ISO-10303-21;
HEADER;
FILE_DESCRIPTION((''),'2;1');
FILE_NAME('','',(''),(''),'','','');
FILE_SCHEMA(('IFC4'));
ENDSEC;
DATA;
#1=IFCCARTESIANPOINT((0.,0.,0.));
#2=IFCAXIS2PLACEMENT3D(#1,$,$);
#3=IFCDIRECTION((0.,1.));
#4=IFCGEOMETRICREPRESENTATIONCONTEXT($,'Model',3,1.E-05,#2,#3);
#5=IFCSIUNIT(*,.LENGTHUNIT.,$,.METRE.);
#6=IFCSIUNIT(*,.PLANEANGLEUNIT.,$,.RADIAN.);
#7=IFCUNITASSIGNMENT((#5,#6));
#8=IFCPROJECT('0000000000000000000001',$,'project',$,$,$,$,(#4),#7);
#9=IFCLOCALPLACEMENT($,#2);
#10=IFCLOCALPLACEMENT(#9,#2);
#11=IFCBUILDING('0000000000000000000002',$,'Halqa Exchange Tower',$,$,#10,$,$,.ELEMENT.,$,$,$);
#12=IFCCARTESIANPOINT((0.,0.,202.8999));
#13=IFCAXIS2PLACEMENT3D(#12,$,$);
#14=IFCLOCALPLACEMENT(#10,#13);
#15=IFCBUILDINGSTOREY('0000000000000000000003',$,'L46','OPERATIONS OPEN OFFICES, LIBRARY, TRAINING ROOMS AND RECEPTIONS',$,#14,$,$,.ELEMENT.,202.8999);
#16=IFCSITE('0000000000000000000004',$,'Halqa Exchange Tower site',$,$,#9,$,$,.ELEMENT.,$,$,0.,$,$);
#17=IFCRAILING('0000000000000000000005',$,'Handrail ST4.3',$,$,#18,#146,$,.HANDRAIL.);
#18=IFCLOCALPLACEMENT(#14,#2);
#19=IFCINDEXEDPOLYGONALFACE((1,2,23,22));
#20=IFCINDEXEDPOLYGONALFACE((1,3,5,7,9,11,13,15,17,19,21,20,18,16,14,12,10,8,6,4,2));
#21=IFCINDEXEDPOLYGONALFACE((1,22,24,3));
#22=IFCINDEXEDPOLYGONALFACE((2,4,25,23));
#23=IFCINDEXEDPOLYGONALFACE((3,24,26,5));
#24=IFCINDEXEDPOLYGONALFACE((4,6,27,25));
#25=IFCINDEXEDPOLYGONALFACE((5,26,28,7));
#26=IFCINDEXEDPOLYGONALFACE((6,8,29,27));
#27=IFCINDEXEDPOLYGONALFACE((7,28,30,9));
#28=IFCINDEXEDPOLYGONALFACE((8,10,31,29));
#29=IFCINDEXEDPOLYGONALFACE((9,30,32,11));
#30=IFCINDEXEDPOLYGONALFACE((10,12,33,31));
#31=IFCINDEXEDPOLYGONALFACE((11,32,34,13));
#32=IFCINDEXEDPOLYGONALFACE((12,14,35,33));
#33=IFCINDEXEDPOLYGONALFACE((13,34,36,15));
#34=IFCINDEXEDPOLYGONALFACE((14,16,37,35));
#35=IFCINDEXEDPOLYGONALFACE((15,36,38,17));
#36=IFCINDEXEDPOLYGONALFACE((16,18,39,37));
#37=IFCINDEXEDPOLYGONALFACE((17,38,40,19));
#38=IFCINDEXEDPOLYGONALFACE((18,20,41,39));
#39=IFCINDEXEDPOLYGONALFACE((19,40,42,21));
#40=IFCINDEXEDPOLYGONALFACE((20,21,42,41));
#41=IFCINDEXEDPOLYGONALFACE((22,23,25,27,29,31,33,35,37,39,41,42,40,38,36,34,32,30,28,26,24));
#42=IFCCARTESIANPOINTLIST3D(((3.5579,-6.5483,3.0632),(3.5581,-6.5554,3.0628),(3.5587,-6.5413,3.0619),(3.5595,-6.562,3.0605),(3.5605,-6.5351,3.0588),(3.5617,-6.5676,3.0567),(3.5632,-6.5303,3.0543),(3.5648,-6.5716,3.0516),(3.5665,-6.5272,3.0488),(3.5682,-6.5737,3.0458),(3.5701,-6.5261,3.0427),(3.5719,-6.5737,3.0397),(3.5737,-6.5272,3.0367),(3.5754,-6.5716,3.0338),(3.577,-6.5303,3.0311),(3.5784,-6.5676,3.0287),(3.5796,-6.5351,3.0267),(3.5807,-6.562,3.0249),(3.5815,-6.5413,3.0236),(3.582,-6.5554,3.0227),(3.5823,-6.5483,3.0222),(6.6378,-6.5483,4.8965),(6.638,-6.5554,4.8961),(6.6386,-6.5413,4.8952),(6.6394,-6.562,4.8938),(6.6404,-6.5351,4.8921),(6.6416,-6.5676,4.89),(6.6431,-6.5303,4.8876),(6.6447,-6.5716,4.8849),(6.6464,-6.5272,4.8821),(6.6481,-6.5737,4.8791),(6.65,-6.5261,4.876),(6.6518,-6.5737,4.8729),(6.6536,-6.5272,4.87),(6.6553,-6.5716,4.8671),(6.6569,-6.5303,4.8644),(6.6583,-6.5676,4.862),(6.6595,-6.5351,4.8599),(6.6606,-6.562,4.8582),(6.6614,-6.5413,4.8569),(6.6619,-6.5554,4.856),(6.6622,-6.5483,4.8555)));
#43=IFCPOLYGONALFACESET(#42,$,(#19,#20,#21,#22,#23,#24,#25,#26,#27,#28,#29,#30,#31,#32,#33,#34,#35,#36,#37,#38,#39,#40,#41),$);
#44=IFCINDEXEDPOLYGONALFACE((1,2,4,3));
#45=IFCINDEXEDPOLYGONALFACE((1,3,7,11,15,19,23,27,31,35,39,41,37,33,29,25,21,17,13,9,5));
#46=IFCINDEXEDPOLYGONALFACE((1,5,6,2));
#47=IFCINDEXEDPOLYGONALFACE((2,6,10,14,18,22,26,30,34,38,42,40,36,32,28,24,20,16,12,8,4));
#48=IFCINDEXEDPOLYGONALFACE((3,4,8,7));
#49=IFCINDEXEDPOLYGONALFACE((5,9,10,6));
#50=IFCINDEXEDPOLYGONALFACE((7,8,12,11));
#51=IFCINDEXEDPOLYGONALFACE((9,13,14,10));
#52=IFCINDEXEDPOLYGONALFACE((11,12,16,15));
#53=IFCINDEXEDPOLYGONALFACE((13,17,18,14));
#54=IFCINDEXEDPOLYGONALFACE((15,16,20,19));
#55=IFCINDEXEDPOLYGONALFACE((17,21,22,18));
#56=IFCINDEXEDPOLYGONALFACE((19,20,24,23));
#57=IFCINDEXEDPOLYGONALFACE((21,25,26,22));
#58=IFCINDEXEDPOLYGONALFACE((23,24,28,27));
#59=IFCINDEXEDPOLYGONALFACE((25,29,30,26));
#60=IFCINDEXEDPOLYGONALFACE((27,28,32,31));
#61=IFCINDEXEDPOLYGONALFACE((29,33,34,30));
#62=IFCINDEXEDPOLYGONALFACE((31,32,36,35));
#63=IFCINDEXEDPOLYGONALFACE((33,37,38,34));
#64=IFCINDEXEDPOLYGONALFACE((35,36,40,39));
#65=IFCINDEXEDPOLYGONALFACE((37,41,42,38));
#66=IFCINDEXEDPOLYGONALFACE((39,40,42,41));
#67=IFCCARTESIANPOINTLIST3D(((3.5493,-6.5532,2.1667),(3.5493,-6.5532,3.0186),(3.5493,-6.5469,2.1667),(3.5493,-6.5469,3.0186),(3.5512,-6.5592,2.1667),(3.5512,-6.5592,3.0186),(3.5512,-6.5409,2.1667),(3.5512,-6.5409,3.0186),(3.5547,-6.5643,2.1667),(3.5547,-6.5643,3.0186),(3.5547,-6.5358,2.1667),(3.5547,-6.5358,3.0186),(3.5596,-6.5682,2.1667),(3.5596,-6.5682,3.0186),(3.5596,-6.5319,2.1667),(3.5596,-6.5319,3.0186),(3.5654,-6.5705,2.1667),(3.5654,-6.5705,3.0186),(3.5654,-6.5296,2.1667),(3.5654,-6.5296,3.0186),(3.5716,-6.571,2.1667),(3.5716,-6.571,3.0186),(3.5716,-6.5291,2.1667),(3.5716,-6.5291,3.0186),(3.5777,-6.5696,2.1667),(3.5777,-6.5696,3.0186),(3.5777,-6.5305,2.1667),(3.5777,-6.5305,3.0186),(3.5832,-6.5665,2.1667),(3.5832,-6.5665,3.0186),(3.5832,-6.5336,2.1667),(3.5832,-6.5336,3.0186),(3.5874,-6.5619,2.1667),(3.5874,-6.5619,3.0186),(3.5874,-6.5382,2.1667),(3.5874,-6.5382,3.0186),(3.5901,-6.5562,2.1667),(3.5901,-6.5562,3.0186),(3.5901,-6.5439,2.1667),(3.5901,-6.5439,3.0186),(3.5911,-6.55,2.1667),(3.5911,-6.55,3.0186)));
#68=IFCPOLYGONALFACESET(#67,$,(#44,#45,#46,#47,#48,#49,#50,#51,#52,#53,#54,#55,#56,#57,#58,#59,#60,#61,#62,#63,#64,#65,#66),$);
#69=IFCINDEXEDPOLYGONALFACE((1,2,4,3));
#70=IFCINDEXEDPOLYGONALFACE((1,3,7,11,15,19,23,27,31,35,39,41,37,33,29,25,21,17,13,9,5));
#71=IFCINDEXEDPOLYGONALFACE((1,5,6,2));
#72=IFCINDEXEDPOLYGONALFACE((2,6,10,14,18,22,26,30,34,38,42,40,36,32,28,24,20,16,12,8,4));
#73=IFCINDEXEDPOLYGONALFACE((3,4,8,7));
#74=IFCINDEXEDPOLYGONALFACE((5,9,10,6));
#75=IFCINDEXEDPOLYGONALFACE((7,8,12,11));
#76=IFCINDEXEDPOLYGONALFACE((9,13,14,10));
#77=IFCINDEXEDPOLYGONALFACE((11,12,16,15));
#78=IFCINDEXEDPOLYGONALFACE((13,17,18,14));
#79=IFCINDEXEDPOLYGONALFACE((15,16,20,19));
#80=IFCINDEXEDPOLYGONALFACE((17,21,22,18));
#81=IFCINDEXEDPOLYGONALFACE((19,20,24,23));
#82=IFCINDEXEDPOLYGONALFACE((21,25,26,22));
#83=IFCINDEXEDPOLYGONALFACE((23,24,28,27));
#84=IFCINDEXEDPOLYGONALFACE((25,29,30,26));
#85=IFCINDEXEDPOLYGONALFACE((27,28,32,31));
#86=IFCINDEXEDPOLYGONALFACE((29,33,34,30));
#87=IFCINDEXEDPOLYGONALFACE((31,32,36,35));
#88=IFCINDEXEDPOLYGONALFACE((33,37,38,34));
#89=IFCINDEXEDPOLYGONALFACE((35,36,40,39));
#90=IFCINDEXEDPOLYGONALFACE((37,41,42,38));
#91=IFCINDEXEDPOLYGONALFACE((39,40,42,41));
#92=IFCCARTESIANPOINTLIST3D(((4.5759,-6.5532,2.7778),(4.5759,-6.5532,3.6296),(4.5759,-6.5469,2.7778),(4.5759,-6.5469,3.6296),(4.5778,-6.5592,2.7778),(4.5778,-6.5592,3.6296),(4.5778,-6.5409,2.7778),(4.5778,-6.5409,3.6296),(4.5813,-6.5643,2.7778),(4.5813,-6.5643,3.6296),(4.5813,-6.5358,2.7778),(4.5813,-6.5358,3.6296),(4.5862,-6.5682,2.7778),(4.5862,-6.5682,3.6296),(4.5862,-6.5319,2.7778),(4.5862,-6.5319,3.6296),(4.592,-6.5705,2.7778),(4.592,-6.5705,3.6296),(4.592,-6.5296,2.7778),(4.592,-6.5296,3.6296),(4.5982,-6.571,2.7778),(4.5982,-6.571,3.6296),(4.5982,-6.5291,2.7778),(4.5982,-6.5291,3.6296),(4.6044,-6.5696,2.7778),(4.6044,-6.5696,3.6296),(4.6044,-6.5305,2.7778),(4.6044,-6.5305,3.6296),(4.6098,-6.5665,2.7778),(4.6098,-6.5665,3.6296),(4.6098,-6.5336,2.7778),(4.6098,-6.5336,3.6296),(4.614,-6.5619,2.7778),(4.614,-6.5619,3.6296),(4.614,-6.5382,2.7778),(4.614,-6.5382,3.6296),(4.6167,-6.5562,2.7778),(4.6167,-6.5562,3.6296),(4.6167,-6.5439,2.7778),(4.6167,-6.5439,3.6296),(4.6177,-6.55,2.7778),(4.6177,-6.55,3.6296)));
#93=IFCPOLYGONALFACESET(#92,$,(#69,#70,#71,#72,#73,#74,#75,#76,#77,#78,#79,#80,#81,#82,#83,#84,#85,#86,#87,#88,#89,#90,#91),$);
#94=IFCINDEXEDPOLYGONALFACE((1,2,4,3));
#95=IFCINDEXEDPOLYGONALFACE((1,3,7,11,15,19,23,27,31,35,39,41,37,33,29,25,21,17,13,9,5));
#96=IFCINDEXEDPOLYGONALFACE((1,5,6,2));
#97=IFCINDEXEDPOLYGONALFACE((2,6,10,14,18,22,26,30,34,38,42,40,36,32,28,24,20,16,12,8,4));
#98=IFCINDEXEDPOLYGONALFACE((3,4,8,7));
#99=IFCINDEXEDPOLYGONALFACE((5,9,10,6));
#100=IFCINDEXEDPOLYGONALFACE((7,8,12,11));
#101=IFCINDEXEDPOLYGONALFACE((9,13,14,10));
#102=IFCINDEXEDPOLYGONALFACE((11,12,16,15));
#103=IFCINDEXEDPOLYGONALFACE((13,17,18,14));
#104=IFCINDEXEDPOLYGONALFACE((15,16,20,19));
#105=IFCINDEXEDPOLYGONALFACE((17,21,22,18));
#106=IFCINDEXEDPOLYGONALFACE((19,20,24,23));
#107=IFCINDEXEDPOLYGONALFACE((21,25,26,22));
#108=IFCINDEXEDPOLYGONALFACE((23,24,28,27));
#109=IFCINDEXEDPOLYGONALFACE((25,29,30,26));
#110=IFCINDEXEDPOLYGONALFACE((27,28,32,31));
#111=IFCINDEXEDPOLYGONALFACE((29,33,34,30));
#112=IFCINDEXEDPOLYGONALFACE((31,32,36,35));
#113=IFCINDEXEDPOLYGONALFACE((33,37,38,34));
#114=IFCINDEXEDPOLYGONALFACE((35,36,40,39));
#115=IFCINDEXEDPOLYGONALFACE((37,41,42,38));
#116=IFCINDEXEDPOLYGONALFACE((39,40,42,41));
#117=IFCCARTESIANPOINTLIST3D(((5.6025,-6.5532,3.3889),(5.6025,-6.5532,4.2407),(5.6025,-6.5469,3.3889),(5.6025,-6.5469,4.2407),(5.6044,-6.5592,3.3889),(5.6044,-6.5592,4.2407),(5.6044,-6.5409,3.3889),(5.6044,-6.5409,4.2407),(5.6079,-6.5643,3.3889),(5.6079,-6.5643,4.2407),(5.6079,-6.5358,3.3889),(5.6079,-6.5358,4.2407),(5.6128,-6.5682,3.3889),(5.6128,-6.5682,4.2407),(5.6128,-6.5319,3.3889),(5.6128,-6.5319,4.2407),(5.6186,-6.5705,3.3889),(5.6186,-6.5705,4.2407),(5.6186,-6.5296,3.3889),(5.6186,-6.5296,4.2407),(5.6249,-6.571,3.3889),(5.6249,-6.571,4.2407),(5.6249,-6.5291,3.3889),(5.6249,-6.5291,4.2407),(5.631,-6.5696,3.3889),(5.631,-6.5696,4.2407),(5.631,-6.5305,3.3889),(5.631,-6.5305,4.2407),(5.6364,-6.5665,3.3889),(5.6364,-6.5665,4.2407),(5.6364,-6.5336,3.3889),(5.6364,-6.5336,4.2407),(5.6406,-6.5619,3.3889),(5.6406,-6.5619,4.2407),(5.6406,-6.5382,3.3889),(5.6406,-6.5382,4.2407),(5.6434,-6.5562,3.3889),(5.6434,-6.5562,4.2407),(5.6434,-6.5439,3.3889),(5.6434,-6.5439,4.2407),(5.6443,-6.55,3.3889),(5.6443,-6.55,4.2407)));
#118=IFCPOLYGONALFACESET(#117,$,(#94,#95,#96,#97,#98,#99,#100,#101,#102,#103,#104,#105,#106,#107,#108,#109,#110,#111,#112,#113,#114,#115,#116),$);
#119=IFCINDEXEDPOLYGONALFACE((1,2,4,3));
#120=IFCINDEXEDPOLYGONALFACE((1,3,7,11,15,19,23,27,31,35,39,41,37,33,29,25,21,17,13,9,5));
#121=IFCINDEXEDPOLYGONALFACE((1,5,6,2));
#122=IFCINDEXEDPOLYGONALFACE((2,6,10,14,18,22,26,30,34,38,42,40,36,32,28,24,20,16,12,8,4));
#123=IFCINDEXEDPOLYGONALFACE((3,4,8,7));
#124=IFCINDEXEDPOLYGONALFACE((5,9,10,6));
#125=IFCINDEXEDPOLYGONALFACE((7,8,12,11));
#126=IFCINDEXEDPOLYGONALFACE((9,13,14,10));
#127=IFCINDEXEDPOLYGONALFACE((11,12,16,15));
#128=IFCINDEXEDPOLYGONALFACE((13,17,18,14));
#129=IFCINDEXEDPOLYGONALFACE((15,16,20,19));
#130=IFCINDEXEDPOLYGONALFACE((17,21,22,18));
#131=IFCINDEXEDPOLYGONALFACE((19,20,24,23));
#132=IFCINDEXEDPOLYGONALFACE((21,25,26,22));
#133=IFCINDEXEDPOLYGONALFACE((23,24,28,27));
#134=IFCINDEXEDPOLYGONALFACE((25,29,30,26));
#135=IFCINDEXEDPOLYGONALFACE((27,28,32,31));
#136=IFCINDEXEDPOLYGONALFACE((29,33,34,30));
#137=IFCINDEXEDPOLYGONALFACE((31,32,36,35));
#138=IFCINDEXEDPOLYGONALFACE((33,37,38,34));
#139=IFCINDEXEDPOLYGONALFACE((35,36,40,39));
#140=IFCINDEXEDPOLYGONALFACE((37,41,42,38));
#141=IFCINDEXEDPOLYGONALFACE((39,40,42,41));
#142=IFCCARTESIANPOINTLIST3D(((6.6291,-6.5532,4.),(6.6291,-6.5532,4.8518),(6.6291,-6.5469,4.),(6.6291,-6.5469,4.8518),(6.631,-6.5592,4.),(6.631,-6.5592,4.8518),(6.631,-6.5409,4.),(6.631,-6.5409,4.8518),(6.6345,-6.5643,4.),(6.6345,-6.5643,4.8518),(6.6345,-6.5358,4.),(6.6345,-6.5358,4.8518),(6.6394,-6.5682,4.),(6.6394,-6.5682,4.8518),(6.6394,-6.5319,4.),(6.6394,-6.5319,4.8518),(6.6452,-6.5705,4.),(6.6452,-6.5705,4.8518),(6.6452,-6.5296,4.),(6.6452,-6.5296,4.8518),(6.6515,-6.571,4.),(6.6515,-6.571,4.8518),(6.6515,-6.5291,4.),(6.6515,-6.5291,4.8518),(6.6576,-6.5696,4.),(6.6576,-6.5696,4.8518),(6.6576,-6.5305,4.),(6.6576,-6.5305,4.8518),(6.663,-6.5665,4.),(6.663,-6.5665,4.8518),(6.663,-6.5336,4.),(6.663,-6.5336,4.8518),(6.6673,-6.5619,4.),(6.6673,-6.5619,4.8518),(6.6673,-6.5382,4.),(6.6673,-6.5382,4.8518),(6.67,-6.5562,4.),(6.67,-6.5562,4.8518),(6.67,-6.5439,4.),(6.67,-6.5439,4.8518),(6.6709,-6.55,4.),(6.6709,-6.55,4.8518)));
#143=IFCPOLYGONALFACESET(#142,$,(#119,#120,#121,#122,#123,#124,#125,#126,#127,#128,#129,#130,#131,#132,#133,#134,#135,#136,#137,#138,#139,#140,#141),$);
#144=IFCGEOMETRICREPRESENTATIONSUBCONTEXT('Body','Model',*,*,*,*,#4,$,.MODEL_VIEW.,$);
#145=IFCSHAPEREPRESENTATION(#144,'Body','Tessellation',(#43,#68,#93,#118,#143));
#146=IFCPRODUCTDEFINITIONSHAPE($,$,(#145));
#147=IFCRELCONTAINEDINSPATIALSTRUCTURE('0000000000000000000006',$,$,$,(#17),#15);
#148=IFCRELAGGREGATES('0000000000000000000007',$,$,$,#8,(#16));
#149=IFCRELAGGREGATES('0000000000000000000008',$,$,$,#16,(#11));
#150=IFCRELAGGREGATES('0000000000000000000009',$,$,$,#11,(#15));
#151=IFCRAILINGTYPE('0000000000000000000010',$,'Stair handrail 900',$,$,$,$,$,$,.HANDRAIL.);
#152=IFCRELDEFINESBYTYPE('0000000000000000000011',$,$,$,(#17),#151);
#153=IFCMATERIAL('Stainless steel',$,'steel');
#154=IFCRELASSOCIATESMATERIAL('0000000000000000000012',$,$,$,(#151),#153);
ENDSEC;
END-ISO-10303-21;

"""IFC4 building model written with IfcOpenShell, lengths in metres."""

from ifc_helpers import new_model, si_unit, direction, frame, origin, origin_2d, place, context, subcontext, project, spatial, circle, extrude, material, type_object, element, save


model = new_model("IFC4")

# Units and contexts
model_context = context("Model", 3, precision=1e-05, world=origin(), true_north=direction((0.0, 1.0)))
body_context = subcontext(model_context, "Body", "Model", "MODEL_VIEW")
ifc_project = project(units=[si_unit("LENGTHUNIT", "METRE"), si_unit("PLANEANGLEUNIT", "RADIAN")], contexts=[model_context])

# Site, building, storey
site_placement = place(None, origin())
site = spatial("IfcSite", under=ifc_project, at=site_placement, Name="Halqa Exchange Tower site", CompositionType="ELEMENT", RefElevation=0.0)
building_placement = place(site_placement, origin())
building = spatial("IfcBuilding", under=site, at=building_placement, Name="Halqa Exchange Tower", CompositionType="ELEMENT")
storey_placement = place(building_placement, frame((0.0, 0.0, 202.8999)))
storey = spatial("IfcBuildingStorey", under=building, at=storey_placement, Name="L46", Description="OPERATIONS OPEN OFFICES, LIBRARY, TRAINING ROOMS AND RECEPTIONS", CompositionType="ELEMENT", Elevation=202.8999)

# Railing
ifc_material_1 = material(Name="Stainless steel", Category="steel")
railing_type_1 = type_object("IfcRailingType", Name="Stair handrail 900", PredefinedType="HANDRAIL", material=ifc_material_1)
railing_1_placement = place(storey_placement, frame((3.5701, -6.55, 2.1667)))
element("IfcRailing", 1, at=railing_1_placement, inside=storey, type_object=railing_type_1, Name="Handrail ST4.3", PredefinedType="HANDRAIL", context=body_context, shape_type="SweptSolid", body=[
    extrude(circle(Radius=0.0239, at=origin_2d()), frame((0.0, 0.0, 0.876), z_axis=(0.859291, 0.0, 0.511487), x_axis=(0.0, 1.0, 0.0)), (0.0, 0.0, 1.0), 3.5842),
    extrude(circle(Radius=0.021, at=origin_2d()), origin(), (0.0, 0.0, 1.0), 0.8518),
    extrude(circle(Radius=0.021, at=origin_2d()), frame((1.0266, 0.0, 0.6111)), (0.0, 0.0, 1.0), 0.8518),
    extrude(circle(Radius=0.021, at=origin_2d()), frame((2.0532, 0.0, 1.2222)), (0.0, 0.0, 1.0), 0.8518),
    extrude(circle(Radius=0.021, at=origin_2d()), frame((3.0798, 0.0, 1.8333)), (0.0, 0.0, 1.0), 0.8518),
])

save(model, "model.ifc")
